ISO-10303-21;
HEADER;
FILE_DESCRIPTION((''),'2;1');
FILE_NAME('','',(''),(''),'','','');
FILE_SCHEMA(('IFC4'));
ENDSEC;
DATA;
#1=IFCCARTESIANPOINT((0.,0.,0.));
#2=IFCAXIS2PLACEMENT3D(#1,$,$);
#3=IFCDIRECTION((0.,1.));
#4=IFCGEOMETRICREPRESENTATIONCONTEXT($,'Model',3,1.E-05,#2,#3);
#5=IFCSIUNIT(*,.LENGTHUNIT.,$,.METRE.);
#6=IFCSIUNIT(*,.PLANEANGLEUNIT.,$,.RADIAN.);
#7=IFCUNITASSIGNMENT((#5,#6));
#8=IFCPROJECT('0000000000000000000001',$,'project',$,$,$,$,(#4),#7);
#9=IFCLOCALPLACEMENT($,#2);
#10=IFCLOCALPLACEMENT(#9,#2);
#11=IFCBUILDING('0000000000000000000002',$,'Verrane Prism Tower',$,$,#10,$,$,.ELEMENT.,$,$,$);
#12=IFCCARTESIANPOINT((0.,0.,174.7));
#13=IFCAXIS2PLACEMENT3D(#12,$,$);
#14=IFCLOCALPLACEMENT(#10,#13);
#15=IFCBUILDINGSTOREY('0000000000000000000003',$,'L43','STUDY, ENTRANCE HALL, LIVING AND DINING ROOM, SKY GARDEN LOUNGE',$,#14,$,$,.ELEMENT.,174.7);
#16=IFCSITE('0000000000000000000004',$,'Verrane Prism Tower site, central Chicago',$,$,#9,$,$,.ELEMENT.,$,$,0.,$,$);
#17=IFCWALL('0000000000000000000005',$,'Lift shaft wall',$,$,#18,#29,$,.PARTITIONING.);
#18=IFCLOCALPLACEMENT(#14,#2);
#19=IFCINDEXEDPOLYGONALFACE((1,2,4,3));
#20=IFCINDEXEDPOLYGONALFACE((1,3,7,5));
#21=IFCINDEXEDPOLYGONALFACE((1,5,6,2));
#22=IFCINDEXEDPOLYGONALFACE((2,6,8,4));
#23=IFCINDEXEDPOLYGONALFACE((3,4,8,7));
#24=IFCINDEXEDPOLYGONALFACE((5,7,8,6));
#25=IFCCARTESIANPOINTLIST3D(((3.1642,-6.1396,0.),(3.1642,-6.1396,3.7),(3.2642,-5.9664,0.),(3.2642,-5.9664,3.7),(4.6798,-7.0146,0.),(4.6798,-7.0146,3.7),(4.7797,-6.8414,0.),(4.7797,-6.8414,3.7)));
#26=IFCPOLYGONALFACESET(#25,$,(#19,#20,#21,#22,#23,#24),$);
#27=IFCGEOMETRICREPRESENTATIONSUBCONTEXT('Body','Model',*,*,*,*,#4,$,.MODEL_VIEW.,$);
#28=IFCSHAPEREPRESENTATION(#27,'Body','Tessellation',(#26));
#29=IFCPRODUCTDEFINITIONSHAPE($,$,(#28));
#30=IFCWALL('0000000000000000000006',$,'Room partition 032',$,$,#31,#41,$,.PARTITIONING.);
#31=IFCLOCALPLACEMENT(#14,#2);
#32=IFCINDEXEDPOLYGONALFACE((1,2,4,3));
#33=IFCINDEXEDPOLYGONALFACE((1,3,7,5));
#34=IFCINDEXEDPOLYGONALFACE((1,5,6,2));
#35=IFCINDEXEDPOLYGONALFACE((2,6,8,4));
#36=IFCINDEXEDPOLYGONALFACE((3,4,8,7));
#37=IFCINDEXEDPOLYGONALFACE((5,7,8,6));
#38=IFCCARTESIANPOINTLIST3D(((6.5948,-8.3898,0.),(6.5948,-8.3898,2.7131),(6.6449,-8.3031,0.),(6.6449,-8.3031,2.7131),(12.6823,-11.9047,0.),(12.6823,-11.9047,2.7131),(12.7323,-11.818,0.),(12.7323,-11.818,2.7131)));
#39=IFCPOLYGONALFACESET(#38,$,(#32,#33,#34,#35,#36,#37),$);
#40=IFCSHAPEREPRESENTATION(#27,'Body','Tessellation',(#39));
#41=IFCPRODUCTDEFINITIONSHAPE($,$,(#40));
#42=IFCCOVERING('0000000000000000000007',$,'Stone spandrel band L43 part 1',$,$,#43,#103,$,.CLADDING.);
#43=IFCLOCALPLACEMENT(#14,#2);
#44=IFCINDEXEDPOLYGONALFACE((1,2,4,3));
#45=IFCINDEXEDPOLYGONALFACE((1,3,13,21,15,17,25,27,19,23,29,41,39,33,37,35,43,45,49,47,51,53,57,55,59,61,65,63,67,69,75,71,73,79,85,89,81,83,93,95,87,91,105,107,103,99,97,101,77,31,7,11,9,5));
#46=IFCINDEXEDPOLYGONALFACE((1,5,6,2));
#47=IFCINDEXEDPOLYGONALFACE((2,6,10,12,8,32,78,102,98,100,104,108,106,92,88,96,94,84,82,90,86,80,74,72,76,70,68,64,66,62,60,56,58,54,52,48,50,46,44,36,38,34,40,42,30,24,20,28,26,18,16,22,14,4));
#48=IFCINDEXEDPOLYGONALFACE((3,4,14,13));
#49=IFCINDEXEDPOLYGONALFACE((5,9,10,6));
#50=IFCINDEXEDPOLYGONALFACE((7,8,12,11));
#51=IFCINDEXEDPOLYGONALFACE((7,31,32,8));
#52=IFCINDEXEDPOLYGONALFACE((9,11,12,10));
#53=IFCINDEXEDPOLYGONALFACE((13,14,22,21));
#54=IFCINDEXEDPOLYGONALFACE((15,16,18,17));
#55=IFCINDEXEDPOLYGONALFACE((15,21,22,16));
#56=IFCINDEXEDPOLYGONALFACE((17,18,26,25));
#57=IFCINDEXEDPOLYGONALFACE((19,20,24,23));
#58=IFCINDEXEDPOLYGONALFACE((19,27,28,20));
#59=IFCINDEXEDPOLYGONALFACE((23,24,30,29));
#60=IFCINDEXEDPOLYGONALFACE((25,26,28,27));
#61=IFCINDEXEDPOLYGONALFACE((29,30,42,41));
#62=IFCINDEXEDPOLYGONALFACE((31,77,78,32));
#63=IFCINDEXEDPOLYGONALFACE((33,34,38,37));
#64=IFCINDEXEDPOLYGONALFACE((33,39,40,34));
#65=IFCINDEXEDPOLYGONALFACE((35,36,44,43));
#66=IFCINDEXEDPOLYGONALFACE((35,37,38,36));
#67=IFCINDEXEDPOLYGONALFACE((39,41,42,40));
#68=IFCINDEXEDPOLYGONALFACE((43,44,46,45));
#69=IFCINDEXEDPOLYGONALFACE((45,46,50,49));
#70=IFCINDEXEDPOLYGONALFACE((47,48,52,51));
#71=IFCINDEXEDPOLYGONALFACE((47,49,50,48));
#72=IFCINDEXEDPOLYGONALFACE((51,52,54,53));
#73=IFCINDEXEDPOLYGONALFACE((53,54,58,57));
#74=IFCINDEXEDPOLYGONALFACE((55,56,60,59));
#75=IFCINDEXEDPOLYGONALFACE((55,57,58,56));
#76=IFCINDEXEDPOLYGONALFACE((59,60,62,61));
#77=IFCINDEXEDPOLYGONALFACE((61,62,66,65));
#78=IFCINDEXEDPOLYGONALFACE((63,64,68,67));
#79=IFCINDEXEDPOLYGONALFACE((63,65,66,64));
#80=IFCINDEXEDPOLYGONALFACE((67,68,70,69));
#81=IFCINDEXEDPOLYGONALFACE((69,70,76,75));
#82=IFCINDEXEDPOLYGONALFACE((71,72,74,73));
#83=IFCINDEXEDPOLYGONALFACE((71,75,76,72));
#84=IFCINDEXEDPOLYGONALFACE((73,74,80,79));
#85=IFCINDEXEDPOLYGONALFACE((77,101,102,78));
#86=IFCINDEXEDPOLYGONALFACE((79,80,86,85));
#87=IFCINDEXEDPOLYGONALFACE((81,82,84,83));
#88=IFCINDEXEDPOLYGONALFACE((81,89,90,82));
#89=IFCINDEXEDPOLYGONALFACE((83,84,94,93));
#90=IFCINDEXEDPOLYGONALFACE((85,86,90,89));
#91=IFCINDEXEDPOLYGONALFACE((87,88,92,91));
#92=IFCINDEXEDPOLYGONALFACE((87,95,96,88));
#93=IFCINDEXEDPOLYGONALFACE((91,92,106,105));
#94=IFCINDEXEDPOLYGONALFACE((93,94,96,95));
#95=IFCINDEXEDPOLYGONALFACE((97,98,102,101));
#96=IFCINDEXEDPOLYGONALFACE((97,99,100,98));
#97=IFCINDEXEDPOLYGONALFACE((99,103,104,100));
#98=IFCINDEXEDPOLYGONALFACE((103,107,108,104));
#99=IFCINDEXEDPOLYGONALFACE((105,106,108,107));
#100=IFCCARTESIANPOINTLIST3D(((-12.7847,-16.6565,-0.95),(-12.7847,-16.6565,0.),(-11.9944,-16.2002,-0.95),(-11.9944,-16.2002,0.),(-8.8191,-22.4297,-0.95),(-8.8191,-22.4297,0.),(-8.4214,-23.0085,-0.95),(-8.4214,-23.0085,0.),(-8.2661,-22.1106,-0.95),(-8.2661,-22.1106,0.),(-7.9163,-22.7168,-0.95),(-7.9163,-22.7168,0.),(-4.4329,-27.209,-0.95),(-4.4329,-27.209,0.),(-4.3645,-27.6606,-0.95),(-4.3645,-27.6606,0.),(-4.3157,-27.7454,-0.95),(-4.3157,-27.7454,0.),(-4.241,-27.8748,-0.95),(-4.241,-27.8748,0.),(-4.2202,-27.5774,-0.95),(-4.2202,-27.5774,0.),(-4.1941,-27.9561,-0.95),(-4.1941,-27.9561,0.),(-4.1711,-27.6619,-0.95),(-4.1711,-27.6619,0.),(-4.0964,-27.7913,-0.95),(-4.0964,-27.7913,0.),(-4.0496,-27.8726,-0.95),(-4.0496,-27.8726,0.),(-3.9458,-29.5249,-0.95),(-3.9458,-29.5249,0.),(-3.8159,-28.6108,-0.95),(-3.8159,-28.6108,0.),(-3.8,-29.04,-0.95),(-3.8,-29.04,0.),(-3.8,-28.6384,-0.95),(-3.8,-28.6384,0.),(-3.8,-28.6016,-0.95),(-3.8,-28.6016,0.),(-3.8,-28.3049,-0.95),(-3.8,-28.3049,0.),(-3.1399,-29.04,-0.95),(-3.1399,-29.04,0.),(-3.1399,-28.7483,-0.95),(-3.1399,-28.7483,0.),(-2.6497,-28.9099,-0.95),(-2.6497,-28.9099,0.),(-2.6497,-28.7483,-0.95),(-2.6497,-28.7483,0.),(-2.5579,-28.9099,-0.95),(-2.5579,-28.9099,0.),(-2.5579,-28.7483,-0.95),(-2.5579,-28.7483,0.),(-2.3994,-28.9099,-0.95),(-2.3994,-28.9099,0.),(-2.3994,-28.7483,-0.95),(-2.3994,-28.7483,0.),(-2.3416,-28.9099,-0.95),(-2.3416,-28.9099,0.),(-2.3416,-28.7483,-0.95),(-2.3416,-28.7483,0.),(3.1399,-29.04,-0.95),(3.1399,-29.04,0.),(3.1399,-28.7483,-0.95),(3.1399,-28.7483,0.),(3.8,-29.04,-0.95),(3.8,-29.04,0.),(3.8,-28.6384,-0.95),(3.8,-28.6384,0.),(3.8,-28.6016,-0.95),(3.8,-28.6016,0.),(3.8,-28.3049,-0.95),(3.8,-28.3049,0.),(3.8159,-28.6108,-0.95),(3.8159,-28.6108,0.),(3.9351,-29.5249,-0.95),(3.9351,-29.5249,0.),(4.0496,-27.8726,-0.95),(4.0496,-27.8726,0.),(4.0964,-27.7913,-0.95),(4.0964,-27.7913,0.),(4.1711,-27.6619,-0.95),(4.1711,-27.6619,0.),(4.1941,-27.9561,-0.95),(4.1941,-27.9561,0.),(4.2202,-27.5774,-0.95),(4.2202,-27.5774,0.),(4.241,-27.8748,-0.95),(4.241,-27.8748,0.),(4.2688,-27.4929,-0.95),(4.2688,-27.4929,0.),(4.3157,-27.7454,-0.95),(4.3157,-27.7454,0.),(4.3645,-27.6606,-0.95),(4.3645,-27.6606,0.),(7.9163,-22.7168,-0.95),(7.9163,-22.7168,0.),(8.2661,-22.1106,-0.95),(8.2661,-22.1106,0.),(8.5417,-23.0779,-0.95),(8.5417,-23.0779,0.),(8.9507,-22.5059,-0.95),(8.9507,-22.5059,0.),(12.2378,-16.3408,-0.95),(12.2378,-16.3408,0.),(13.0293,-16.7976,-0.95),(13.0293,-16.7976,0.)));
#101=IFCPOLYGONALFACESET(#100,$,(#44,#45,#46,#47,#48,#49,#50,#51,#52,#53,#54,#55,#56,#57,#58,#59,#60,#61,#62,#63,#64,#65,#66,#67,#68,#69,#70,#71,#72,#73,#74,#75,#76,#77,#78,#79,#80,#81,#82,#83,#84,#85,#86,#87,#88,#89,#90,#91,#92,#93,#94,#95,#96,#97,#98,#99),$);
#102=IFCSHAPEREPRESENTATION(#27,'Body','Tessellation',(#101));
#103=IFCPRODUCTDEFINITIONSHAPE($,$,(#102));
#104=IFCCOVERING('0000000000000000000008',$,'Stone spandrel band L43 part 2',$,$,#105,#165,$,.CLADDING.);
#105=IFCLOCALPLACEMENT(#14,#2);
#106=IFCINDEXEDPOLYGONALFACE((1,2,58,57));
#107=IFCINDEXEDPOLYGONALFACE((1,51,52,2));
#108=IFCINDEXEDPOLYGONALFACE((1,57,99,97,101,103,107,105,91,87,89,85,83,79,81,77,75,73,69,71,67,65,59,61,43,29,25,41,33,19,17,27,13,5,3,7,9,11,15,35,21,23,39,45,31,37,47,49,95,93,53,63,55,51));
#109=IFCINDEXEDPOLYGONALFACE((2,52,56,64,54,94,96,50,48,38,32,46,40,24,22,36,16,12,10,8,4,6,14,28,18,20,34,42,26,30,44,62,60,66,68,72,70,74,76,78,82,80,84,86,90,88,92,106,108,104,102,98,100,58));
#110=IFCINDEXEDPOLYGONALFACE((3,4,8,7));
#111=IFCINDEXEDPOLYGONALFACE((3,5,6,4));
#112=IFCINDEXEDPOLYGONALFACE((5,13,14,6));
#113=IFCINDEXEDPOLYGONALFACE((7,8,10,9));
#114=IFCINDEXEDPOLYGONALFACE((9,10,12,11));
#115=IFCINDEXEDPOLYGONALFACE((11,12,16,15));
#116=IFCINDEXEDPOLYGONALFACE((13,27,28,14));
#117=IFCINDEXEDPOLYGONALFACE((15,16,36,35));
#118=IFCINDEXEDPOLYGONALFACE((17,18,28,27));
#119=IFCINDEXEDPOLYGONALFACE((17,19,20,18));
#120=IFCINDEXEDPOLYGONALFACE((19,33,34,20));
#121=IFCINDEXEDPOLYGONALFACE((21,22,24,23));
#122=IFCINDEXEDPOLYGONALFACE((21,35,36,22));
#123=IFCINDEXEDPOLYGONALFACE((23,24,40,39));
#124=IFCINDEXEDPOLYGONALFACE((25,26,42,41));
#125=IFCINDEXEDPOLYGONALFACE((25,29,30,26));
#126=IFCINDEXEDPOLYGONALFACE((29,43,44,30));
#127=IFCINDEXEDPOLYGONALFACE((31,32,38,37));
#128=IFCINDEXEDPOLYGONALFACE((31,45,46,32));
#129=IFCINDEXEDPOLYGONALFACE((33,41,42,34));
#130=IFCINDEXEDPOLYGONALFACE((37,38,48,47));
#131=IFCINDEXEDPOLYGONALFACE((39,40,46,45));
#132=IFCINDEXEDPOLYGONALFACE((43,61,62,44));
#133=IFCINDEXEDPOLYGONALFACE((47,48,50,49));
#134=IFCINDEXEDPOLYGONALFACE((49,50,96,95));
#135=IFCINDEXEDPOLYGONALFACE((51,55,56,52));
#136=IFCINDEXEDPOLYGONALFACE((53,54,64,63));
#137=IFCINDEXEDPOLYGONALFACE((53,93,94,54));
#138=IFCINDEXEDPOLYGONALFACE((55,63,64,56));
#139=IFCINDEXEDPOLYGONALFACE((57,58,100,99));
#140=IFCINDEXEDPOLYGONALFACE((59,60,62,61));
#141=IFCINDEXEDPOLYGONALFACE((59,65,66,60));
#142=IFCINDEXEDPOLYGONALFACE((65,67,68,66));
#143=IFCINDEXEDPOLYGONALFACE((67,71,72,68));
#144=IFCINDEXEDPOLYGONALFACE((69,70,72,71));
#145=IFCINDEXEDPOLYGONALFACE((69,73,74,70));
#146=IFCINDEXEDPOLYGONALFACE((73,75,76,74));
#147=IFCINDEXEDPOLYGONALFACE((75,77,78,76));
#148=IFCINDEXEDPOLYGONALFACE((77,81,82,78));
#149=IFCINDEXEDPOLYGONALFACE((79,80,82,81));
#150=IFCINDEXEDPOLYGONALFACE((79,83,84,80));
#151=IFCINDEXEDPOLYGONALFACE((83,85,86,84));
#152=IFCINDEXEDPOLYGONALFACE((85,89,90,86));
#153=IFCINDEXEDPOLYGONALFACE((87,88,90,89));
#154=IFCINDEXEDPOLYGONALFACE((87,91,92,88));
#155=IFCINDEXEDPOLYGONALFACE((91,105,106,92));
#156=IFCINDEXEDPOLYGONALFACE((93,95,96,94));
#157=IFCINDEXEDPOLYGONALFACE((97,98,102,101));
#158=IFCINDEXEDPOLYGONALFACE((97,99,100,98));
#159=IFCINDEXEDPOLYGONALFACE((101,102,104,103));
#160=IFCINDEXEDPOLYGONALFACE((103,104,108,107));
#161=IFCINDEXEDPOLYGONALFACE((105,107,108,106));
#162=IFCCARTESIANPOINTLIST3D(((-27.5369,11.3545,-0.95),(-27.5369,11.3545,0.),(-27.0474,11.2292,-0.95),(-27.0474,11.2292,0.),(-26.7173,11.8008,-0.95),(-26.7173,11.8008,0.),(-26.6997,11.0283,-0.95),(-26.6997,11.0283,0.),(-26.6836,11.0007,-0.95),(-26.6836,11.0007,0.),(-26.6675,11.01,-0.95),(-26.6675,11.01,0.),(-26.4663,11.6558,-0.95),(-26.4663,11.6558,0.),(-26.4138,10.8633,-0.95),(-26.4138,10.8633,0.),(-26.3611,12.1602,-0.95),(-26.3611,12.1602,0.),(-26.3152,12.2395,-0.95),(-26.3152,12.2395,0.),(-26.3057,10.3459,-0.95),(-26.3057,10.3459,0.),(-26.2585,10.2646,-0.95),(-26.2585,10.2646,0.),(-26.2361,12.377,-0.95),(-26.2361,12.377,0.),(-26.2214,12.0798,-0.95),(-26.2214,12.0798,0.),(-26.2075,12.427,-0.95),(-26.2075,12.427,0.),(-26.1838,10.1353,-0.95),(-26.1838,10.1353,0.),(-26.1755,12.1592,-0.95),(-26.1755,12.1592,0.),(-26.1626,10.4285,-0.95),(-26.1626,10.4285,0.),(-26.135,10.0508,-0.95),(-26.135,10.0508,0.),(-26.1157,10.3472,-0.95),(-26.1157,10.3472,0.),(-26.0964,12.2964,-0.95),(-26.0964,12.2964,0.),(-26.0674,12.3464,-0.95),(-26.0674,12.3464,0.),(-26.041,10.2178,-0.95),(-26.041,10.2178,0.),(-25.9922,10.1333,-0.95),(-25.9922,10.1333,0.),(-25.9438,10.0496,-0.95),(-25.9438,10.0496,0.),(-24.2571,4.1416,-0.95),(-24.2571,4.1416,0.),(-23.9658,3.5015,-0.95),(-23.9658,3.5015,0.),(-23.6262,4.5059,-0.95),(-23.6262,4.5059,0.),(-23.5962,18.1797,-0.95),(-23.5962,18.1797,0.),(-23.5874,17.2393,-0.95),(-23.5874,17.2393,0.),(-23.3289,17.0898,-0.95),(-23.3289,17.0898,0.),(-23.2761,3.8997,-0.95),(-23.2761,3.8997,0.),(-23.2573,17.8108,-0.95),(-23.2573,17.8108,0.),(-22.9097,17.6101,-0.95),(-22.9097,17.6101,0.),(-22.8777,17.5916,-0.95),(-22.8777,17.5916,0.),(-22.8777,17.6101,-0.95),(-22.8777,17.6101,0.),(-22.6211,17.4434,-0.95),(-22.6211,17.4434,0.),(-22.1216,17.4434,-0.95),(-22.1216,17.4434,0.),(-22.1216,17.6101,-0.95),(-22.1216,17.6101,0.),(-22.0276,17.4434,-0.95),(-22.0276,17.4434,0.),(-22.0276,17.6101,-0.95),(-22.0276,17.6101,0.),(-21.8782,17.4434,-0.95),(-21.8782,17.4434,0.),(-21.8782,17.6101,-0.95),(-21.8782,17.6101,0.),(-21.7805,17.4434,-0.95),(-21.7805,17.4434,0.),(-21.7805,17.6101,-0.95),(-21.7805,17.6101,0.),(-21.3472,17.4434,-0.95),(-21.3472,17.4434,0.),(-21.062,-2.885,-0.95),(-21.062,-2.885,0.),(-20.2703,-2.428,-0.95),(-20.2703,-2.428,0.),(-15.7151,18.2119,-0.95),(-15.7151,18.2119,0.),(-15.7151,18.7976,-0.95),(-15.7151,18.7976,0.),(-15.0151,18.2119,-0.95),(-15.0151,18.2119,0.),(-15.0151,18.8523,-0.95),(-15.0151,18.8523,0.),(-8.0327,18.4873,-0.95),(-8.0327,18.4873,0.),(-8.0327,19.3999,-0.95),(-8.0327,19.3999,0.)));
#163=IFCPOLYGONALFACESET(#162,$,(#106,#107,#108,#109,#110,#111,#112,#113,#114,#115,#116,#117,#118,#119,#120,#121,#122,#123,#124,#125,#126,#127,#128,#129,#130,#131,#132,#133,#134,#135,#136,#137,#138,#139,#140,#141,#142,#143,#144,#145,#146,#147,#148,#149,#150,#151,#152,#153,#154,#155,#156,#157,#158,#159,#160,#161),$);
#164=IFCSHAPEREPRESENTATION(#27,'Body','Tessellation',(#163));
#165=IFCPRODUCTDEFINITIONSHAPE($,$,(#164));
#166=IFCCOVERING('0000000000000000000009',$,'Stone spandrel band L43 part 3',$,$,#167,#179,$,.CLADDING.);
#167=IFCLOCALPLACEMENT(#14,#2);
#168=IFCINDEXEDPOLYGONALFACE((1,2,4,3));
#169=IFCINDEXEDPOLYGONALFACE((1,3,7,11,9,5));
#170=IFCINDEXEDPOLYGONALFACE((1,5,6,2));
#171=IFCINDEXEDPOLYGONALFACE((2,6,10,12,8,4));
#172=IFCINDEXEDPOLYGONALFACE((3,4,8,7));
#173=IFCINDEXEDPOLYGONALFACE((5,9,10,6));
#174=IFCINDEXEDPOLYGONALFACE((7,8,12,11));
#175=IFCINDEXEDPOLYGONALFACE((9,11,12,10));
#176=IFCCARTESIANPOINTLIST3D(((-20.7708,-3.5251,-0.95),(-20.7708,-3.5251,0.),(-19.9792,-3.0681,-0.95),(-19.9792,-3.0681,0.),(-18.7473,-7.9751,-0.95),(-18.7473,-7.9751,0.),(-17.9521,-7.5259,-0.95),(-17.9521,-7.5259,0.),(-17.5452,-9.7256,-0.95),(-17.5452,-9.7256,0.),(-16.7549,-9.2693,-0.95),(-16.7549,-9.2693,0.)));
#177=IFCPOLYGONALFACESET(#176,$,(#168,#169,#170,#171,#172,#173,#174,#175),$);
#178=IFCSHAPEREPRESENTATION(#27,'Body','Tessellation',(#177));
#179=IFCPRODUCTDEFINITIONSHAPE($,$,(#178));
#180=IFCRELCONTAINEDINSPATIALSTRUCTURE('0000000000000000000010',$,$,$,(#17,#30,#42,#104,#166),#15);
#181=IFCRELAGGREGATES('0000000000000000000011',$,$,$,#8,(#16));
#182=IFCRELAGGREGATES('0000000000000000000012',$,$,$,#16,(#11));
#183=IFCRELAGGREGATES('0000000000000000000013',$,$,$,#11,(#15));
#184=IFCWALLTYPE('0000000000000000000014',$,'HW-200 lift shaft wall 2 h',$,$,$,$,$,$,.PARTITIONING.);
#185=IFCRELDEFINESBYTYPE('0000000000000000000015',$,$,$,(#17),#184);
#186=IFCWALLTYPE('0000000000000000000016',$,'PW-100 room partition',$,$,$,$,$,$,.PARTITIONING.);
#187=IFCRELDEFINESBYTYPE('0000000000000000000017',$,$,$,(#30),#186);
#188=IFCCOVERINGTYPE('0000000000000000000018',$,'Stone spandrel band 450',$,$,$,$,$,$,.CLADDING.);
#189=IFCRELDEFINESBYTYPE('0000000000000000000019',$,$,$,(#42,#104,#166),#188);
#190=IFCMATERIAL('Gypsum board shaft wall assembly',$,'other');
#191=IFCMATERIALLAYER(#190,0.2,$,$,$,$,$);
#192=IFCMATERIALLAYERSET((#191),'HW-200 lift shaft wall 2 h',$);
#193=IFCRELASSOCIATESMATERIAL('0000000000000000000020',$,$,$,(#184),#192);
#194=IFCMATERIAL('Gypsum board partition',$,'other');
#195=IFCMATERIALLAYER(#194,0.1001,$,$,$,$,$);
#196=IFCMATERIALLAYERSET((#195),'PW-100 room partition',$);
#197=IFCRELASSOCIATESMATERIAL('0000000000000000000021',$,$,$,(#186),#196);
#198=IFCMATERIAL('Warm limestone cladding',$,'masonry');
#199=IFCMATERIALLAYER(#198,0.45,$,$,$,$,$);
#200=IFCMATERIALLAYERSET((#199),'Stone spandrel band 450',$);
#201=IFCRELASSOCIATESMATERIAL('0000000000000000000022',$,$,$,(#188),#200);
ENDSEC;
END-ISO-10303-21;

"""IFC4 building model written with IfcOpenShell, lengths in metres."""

from ifc_helpers import new_model, si_unit, direction, frame, frame_2d, origin, place, context, subcontext, project, spatial, polyline, rectangle, outline, extrude, material, layer, layer_set, type_object, element, save


model = new_model("IFC4")

# Units and contexts
model_context = context("Model", 3, precision=1e-05, world=origin(), true_north=direction((0.0, 1.0)))
body_context = subcontext(model_context, "Body", "Model", "MODEL_VIEW")
ifc_project = project(units=[si_unit("LENGTHUNIT", "METRE"), si_unit("PLANEANGLEUNIT", "RADIAN")], contexts=[model_context])

# Site, building, storey
site_placement = place(None, origin())
site = spatial("IfcSite", under=ifc_project, at=site_placement, Name="Verrane Prism Tower site, central Chicago", CompositionType="ELEMENT", RefElevation=0.0)
building_placement = place(site_placement, origin())
building = spatial("IfcBuilding", under=site, at=building_placement, Name="Verrane Prism Tower", CompositionType="ELEMENT")
storey_placement = place(building_placement, frame((0.0, 0.0, 174.7)))
storey = spatial("IfcBuildingStorey", under=building, at=storey_placement, Name="L43", Description="STUDY, ENTRANCE HALL, LIVING AND DINING ROOM, SKY GARDEN LOUNGE", CompositionType="ELEMENT", Elevation=174.7)

# Shared definitions
ifc_material_1 = material(Name="Gypsum board shaft wall assembly", Category="other")
ifc_layer_1 = layer(ifc_material_1, 0.2)
ifc_layer_set_1 = layer_set([ifc_layer_1], Name="HW-200 lift shaft wall 2 h")
wall_type_1 = type_object("IfcWallType", Name="HW-200 lift shaft wall 2 h", PredefinedType="PARTITIONING", material=ifc_layer_set_1)

# Walls
wall_1_placement = place(storey_placement, frame((4.7297, -6.928, 0.0), z_axis=(0.0, 0.0, 1.0), x_axis=(-0.866037, 0.49998, 0.0)))
element("IfcWall", 1, at=wall_1_placement, inside=storey, type_object=wall_type_1, Name="Lift shaft wall", PredefinedType="PARTITIONING", context=body_context, shape_type="SweptSolid", body=[
    extrude(rectangle(XDim=1.75, YDim=0.2, at=frame_2d((0.875, 0.0))), origin(), (0.0, 0.0, 1.0), 3.7),
])
ifc_material_2 = material(Name="Gypsum board partition", Category="other")
ifc_layer_2 = layer(ifc_material_2, 0.1001)
ifc_layer_set_2 = layer_set([ifc_layer_2], Name="PW-100 room partition")
wall_type_2 = type_object("IfcWallType", Name="PW-100 room partition", PredefinedType="PARTITIONING", material=ifc_layer_set_2)
wall_2_placement = place(storey_placement, frame((6.6199, -8.3464, 0.0), z_axis=(0.0, 0.0, 1.0), x_axis=(0.866005, -0.500035, 0.0)))
element("IfcWall", 2, at=wall_2_placement, inside=storey, type_object=wall_type_2, Name="Room partition 032", PredefinedType="PARTITIONING", context=body_context, shape_type="SweptSolid", body=[
    extrude(rectangle(XDim=7.0293, YDim=0.1001, at=frame_2d((3.5146, 0.0))), origin(), (0.0, 0.0, 1.0), 2.7131),
])

# Coverings
ifc_material_3 = material(Name="Warm limestone cladding", Category="masonry")
ifc_layer_3 = layer(ifc_material_3, 0.45)
ifc_layer_set_3 = layer_set([ifc_layer_3], Name="Stone spandrel band 450")
covering_type = type_object("IfcCoveringType", Name="Stone spandrel band 450", PredefinedType="CLADDING", material=ifc_layer_set_3)
covering_1_placement = place(storey_placement, frame((0.0, 0.0, -0.95)))
element("IfcCovering", 3, at=covering_1_placement, inside=storey, type_object=covering_type, Name="Stone spandrel band L43 part 1", PredefinedType="CLADDING", context=body_context, shape_type="SweptSolid", body=[
    extrude(outline(polyline([(3.9351, -29.5249), (8.5417, -23.0779), (7.9163, -22.7168), (8.2661, -22.1106), (8.9507, -22.5059), (13.0293, -16.7976), (12.2378, -16.3408), (4.2688, -27.4929), (4.2202, -27.5774), (4.3645, -27.6606), (4.3157, -27.7454), (4.1711, -27.6619), (4.0964, -27.7913), (4.241, -27.8748), (4.1941, -27.9561), (4.0496, -27.8726), (3.8, -28.3049), (3.8, -28.6016), (3.8159, -28.6108), (3.8, -28.6384), (3.8, -29.04), (3.1399, -29.04), (3.1399, -28.7483), (-2.3416, -28.7483), (-2.3416, -28.9099), (-2.3994, -28.9099), (-2.3994, -28.7483), (-2.5579, -28.7483), (-2.5579, -28.9099), (-2.6497, -28.9099), (-2.6497, -28.7483), (-3.1399, -28.7483), (-3.1399, -29.04), (-3.8, -29.04), (-3.8, -28.6384), (-3.8159, -28.6108), (-3.8, -28.6016), (-3.8, -28.3049), (-4.0496, -27.8726), (-4.1941, -27.9561), (-4.241, -27.8748), (-4.0964, -27.7913), (-4.1711, -27.6619), (-4.3157, -27.7454), (-4.3645, -27.6606), (-4.2202, -27.5774), (-4.4329, -27.209), (-11.9944, -16.2002), (-12.7847, -16.6565), (-8.8191, -22.4297), (-8.2661, -22.1106), (-7.9163, -22.7168), (-8.4214, -23.0085), (-3.9458, -29.5249), (3.9351, -29.5249)])), origin(), (0.0, 0.0, 1.0), 0.95),
])
covering_2_placement = place(storey_placement, frame((0.0, 0.0, -0.95)))
element("IfcCovering", 4, at=covering_2_placement, inside=storey, type_object=covering_type, Name="Stone spandrel band L43 part 2", PredefinedType="CLADDING", context=body_context, shape_type="SweptSolid", body=[
    extrude(outline(polyline([(-20.2703, -2.428), (-25.9438, 10.0496), (-25.9922, 10.1333), (-26.135, 10.0508), (-26.1838, 10.1353), (-26.041, 10.2178), (-26.1157, 10.3472), (-26.2585, 10.2646), (-26.3057, 10.3459), (-26.1626, 10.4285), (-26.4138, 10.8633), (-26.6675, 11.01), (-26.6836, 11.0007), (-26.6997, 11.0283), (-27.0474, 11.2292), (-26.7173, 11.8008), (-26.4663, 11.6558), (-26.2214, 12.0798), (-26.3611, 12.1602), (-26.3152, 12.2395), (-26.1755, 12.1592), (-26.0964, 12.2964), (-26.2361, 12.377), (-26.2075, 12.427), (-26.0674, 12.3464), (-23.3289, 17.0898), (-23.5874, 17.2393), (-23.2573, 17.8108), (-22.9097, 17.6101), (-22.8777, 17.6101), (-22.8777, 17.5916), (-22.6211, 17.4434), (-22.1216, 17.4434), (-22.1216, 17.6101), (-22.0276, 17.6101), (-22.0276, 17.4434), (-21.8782, 17.4434), (-21.8782, 17.6101), (-21.7805, 17.6101), (-21.7805, 17.4434), (-21.3472, 17.4434), (-8.0327, 18.4873), (-8.0327, 19.3999), (-15.0151, 18.8523), (-15.0151, 18.2119), (-15.7151, 18.2119), (-15.7151, 18.7976), (-23.5962, 18.1797), (-27.5369, 11.3545), (-24.2571, 4.1416), (-23.6262, 4.5059), (-23.2761, 3.8997), (-23.9658, 3.5015), (-21.062, -2.885), (-20.2703, -2.428)])), origin(), (0.0, 0.0, 1.0), 0.95),
])
covering_3_placement = place(storey_placement, frame((0.0, 0.0, -0.95)))
element("IfcCovering", 5, at=covering_3_placement, inside=storey, type_object=covering_type, Name="Stone spandrel band L43 part 3", PredefinedType="CLADDING", context=body_context, shape_type="SweptSolid", body=[
    extrude(outline(polyline([(-17.5452, -9.7256), (-16.7549, -9.2693), (-17.9521, -7.5259), (-19.9792, -3.0681), (-20.7708, -3.5251), (-18.7473, -7.9751), (-17.5452, -9.7256)])), origin(), (0.0, 0.0, 1.0), 0.95),
])

save(model, "model.ifc")
